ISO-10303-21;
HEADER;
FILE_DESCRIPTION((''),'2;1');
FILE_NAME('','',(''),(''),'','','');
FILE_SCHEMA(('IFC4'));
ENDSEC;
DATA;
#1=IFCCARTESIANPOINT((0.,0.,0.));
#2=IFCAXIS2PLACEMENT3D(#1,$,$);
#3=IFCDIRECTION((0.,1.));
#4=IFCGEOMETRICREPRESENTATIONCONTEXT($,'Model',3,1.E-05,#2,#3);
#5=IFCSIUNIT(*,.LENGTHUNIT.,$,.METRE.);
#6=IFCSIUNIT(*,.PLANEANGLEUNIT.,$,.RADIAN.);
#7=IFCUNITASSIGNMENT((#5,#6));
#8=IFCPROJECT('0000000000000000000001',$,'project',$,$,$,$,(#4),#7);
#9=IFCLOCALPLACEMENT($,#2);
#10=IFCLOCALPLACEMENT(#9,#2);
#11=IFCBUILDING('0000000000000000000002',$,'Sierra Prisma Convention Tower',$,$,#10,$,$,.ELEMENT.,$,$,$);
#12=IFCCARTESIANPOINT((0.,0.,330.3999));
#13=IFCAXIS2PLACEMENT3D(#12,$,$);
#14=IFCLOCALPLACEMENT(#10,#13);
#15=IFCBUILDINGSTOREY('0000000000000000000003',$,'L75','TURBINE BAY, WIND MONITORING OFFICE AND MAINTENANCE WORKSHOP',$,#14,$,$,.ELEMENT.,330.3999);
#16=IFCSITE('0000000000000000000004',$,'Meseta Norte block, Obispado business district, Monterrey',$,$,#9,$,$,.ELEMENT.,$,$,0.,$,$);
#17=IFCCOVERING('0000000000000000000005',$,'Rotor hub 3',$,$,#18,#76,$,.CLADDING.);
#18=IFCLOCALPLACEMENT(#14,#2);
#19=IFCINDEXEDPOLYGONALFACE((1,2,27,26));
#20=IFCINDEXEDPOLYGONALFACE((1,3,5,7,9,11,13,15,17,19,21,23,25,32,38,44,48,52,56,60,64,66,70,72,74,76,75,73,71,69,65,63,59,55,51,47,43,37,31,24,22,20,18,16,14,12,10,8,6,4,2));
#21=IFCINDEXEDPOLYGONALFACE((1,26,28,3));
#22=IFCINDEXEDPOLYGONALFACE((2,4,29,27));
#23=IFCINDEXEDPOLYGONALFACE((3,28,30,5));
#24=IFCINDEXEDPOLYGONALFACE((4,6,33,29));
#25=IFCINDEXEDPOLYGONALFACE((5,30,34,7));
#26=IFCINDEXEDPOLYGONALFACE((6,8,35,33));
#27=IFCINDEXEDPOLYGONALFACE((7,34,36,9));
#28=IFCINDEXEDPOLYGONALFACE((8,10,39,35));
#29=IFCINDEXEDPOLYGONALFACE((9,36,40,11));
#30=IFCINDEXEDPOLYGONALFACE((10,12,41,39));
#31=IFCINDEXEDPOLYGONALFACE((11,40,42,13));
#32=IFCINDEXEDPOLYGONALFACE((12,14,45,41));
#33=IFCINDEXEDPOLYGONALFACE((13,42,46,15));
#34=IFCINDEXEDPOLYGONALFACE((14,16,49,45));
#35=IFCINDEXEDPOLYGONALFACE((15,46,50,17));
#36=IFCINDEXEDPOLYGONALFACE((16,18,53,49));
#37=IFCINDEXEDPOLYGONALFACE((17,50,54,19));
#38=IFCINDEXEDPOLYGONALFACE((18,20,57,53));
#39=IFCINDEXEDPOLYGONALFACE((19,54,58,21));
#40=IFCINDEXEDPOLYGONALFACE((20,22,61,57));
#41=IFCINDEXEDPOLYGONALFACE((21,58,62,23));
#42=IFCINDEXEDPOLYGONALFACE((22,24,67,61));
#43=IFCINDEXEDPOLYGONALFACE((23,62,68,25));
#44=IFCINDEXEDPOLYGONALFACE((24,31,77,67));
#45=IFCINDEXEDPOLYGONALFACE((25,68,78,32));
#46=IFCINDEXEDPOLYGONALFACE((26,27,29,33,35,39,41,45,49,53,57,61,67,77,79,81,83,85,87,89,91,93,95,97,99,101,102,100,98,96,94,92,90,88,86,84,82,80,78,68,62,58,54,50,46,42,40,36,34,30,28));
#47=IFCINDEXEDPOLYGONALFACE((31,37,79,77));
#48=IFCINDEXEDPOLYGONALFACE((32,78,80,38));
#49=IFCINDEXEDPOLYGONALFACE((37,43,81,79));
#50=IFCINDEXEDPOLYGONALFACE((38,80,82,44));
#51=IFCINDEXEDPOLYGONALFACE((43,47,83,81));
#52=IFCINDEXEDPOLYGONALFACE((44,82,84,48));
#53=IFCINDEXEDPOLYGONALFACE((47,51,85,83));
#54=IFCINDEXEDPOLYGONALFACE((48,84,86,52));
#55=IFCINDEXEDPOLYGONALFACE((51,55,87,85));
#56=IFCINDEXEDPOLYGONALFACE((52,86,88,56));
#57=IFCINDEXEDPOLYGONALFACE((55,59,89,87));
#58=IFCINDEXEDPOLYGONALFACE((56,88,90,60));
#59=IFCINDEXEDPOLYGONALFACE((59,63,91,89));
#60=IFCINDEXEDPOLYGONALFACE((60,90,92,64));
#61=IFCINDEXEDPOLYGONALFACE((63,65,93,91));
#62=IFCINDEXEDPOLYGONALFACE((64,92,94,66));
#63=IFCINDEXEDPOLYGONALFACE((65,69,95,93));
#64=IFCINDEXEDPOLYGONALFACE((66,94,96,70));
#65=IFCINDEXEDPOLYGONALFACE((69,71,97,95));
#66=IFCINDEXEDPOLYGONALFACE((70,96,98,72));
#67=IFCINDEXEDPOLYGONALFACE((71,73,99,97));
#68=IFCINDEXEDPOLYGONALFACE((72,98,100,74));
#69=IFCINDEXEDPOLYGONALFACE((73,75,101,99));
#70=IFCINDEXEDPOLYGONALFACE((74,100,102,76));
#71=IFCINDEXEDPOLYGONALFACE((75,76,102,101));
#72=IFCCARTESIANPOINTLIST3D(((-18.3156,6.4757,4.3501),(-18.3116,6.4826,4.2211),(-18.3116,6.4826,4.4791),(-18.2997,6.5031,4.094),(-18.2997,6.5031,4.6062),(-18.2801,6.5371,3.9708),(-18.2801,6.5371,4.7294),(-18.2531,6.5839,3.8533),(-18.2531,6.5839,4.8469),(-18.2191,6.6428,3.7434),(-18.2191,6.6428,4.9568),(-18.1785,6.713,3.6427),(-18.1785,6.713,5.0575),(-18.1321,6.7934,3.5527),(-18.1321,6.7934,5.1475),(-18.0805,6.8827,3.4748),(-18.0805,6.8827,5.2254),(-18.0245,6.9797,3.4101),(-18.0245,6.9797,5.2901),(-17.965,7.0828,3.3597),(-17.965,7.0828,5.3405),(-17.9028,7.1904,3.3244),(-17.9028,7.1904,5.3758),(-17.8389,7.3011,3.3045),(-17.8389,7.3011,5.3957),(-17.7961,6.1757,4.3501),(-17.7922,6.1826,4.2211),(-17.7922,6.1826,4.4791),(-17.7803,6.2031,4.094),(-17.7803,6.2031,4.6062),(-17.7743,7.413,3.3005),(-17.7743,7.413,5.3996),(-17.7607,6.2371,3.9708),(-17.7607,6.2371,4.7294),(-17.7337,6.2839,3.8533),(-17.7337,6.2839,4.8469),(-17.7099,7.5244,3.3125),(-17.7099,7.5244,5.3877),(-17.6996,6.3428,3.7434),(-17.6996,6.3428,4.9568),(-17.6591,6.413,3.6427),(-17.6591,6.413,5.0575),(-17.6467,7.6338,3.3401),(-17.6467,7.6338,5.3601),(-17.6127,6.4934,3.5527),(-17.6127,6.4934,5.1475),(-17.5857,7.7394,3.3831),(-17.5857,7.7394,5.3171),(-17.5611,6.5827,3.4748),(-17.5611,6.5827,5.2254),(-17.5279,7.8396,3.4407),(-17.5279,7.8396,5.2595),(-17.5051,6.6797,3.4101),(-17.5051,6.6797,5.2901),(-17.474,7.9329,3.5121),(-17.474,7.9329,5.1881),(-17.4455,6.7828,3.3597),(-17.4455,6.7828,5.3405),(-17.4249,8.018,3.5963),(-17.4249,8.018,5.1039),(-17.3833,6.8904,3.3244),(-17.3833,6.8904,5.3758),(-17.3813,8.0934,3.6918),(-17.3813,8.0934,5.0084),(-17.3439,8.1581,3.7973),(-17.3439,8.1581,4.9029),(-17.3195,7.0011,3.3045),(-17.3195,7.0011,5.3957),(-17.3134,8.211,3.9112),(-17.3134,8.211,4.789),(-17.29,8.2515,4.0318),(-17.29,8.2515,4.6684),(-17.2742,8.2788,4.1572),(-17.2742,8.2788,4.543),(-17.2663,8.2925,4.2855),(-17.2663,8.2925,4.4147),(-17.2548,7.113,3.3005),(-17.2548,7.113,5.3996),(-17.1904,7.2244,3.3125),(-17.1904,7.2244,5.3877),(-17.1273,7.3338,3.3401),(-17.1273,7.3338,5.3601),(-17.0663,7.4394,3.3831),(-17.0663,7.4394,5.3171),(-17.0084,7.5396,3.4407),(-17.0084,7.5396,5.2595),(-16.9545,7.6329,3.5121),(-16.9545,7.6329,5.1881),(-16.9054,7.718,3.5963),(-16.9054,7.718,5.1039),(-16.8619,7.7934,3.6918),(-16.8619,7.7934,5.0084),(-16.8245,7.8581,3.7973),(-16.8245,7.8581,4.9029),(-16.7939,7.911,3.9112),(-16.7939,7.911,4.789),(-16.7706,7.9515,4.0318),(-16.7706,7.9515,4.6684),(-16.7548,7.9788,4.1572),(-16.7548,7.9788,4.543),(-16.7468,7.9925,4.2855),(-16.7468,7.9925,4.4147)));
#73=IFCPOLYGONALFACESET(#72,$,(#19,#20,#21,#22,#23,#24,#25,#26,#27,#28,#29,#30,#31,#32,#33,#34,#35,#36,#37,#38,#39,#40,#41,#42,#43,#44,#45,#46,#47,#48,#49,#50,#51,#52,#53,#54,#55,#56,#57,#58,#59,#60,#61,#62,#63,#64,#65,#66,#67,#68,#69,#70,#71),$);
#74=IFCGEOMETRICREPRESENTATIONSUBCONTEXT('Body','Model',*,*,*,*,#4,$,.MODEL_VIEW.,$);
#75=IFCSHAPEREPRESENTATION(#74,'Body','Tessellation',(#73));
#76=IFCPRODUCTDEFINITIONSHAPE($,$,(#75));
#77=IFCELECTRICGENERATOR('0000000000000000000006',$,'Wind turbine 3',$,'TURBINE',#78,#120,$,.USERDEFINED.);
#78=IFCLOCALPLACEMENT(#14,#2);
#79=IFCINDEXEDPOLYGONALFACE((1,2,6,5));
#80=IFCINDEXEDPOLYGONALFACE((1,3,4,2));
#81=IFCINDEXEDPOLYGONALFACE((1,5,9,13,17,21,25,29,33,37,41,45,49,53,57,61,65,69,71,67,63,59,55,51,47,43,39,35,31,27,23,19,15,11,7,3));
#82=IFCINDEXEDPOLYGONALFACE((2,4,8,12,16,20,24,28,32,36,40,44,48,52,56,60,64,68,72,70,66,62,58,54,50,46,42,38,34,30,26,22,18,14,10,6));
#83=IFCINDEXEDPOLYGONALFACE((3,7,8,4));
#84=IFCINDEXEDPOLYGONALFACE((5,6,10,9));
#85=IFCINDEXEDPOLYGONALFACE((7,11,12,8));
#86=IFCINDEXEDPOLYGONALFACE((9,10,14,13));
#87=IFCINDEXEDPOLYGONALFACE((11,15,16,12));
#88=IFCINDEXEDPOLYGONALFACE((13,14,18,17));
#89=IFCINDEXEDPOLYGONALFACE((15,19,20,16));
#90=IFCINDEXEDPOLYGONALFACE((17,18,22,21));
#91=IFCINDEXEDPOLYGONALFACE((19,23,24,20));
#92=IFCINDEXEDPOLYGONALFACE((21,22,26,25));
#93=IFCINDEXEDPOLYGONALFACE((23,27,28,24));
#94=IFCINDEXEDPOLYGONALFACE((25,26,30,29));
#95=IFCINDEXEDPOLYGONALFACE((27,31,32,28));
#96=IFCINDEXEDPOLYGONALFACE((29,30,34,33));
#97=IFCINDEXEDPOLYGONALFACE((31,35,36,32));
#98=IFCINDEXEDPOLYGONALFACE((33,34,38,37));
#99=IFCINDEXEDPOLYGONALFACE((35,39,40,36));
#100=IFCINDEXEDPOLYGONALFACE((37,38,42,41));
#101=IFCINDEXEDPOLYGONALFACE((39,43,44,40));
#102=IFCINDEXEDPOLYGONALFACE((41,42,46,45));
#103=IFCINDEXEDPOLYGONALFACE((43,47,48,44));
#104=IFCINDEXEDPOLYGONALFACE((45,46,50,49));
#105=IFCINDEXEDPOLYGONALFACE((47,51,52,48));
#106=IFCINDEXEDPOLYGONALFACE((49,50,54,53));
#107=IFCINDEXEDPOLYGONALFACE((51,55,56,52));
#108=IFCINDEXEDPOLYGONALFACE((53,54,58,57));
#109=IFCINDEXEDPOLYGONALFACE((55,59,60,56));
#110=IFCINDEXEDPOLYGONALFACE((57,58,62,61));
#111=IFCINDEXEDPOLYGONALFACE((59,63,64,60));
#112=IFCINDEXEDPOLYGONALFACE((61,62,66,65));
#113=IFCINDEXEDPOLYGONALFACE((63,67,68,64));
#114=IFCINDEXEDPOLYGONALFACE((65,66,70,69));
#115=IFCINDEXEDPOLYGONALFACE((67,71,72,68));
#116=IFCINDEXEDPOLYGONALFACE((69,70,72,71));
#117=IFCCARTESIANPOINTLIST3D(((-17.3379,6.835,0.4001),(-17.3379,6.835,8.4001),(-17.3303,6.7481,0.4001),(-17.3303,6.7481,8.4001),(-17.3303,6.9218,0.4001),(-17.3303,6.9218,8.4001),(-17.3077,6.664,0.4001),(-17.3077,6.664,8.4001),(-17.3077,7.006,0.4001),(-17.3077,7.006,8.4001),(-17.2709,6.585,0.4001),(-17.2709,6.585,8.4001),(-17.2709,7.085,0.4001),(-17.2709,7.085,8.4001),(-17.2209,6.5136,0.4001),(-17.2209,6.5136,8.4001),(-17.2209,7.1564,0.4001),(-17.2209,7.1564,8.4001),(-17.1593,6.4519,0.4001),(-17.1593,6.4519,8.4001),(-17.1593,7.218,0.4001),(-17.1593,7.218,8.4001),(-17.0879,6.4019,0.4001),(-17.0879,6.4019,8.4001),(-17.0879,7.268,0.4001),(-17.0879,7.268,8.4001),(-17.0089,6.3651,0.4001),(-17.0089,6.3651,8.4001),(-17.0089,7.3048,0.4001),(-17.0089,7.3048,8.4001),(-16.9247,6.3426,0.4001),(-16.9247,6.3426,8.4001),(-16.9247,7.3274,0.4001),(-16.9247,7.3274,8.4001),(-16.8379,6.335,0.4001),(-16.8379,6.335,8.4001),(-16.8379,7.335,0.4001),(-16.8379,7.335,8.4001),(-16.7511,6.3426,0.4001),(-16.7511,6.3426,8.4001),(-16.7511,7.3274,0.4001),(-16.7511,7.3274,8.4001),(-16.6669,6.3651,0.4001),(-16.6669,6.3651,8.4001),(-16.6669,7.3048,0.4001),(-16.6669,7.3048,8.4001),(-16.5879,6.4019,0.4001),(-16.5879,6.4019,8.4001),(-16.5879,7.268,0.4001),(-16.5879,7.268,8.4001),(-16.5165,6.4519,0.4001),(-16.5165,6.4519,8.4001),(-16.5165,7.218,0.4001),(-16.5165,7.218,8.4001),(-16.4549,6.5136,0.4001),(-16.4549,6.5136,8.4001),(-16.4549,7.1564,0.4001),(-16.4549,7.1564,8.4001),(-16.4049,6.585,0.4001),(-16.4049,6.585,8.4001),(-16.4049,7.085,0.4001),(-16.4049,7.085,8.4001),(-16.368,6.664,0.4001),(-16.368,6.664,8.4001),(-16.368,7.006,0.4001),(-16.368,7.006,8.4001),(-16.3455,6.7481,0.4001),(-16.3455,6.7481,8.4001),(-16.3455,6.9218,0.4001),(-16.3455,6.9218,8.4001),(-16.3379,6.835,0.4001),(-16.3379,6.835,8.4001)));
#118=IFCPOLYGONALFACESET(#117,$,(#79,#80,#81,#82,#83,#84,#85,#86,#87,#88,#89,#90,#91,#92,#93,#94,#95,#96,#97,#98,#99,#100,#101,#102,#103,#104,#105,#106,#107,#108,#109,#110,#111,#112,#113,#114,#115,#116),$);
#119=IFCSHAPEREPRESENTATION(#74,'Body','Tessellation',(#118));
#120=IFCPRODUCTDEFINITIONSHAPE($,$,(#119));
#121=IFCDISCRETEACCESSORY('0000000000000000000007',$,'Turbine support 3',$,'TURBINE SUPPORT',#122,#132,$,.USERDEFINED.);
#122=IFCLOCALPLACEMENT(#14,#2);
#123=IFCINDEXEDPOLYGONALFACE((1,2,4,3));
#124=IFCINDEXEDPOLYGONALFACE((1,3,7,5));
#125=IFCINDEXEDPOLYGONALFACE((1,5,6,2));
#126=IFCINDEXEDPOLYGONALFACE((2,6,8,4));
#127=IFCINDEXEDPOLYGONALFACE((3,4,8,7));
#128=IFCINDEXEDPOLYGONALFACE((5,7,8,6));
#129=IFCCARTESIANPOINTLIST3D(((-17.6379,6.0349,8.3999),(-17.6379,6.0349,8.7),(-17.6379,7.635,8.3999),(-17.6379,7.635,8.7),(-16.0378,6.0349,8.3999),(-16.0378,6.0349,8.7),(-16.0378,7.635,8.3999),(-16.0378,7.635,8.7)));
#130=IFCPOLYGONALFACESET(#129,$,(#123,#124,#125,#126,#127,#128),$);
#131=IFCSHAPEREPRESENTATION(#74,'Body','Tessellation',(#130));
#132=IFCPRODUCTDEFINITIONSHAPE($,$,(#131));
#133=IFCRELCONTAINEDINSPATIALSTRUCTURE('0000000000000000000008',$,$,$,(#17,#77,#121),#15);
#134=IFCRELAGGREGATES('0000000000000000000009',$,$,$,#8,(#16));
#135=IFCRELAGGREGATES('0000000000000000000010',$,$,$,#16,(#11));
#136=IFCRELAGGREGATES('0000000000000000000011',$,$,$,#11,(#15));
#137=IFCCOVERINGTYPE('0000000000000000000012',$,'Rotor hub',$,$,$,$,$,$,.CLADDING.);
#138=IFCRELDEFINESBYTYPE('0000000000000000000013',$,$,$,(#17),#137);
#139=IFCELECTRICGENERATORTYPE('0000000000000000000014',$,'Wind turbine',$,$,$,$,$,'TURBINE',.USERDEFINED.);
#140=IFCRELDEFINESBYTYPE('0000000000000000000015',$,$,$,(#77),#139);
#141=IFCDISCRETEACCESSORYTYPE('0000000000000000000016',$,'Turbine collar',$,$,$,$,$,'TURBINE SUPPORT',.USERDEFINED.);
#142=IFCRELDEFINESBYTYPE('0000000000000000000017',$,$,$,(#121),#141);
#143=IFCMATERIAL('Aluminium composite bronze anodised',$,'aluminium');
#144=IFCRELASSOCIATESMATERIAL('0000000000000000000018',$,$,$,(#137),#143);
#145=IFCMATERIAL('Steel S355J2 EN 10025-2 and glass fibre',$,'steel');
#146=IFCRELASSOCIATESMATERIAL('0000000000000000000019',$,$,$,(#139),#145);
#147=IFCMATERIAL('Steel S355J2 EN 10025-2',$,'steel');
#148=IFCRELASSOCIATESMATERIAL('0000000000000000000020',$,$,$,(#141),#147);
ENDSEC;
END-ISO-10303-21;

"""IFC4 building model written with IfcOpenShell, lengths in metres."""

from ifc_helpers import new_model, si_unit, direction, frame, origin, origin_2d, place, context, subcontext, project, spatial, rectangle, circle, extrude, material, material_profile, profile_set, type_object, element, save


model = new_model("IFC4")

# Units and contexts
model_context = context("Model", 3, precision=1e-05, world=origin(), true_north=direction((0.0, 1.0)))
body_context = subcontext(model_context, "Body", "Model", "MODEL_VIEW")
ifc_project = project(units=[si_unit("LENGTHUNIT", "METRE"), si_unit("PLANEANGLEUNIT", "RADIAN")], contexts=[model_context])

# Site, building, storey
site_placement = place(None, origin())
site = spatial("IfcSite", under=ifc_project, at=site_placement, Name="Meseta Norte block, Obispado business district, Monterrey", CompositionType="ELEMENT", RefElevation=0.0)
building_placement = place(site_placement, origin())
building = spatial("IfcBuilding", under=site, at=building_placement, Name="Sierra Prisma Convention Tower", CompositionType="ELEMENT")
storey_placement = place(building_placement, frame((0.0, 0.0, 330.3999)))
storey = spatial("IfcBuildingStorey", under=building, at=storey_placement, Name="L75", Description="TURBINE BAY, WIND MONITORING OFFICE AND MAINTENANCE WORKSHOP", CompositionType="ELEMENT", Elevation=330.3999)

# Covering
ifc_material_1 = material(Name="Aluminium composite bronze anodised", Category="aluminium")
ifc_material_profile_1 = material_profile(ifc_material_1, circle(Radius=1.05, at=origin_2d()), Name="ROTOR HUB 2100")
ifc_profile_set_1 = profile_set([ifc_material_profile_1], Name="Aluminium composite bronze anodised")
covering_type_1 = type_object("IfcCoveringType", Name="Rotor hub", PredefinedType="CLADDING", material=ifc_profile_set_1)
covering_1_placement = place(storey_placement, frame((-17.271, 7.085, 4.3501), z_axis=(-0.865955, 0.500122, 0.0), x_axis=(-0.500122, -0.865955, 0.0)))
element("IfcCovering", 1, at=covering_1_placement, inside=storey, type_object=covering_type_1, Name="Rotor hub 3", PredefinedType="CLADDING", context=body_context, shape_type="SweptSolid", body=[
    extrude(circle(Radius=1.05, at=origin_2d()), origin(), (0.0, 0.0, 1.0), 0.5999),
])

# Electric generator
ifc_material_2 = material(Name="Steel S355J2 EN 10025-2 and glass fibre", Category="steel")
ifc_material_profile_2 = material_profile(ifc_material_2, circle(Radius=0.5, at=origin_2d()), Name="TURBINE 1000")
ifc_profile_set_2 = profile_set([ifc_material_profile_2], Name="Steel S355J2 EN 10025-2 and glass fibre")
electric_generator_type = type_object("IfcElectricGeneratorType", Name="Wind turbine", ElementType="TURBINE", PredefinedType="USERDEFINED", material=ifc_profile_set_2)
electric_generator_placement = place(storey_placement, frame((-16.8379, 6.835, 0.4001), z_axis=(0.0, 0.0, 1.0), x_axis=(1.0, 0.0, 0.0)))
element("IfcElectricGenerator", 2, at=electric_generator_placement, inside=storey, type_object=electric_generator_type, Name="Wind turbine 3", ObjectType="TURBINE", PredefinedType="USERDEFINED", context=body_context, shape_type="SweptSolid", body=[
    extrude(circle(Radius=0.5, at=origin_2d()), origin(), (0.0, 0.0, 1.0), 8.0),
])

# Discrete accessory
ifc_material_3 = material(Name="Steel S355J2 EN 10025-2", Category="steel")
discrete_accessory_type = type_object("IfcDiscreteAccessoryType", Name="Turbine collar", ElementType="TURBINE SUPPORT", PredefinedType="USERDEFINED", material=ifc_material_3)
discrete_accessory_placement = place(storey_placement, frame((-16.8379, 6.835, 8.3999), z_axis=(0.0, 0.0, 1.0), x_axis=(1.0, 0.0, 0.0)))
element("IfcDiscreteAccessory", 3, at=discrete_accessory_placement, inside=storey, type_object=discrete_accessory_type, Name="Turbine support 3", ObjectType="TURBINE SUPPORT", PredefinedType="USERDEFINED", context=body_context, shape_type="SweptSolid", body=[
    extrude(rectangle(XDim=1.6001, YDim=1.6001, at=origin_2d()), origin(), (0.0, 0.0, 1.0), 0.3),
])

save(model, "model.ifc")
